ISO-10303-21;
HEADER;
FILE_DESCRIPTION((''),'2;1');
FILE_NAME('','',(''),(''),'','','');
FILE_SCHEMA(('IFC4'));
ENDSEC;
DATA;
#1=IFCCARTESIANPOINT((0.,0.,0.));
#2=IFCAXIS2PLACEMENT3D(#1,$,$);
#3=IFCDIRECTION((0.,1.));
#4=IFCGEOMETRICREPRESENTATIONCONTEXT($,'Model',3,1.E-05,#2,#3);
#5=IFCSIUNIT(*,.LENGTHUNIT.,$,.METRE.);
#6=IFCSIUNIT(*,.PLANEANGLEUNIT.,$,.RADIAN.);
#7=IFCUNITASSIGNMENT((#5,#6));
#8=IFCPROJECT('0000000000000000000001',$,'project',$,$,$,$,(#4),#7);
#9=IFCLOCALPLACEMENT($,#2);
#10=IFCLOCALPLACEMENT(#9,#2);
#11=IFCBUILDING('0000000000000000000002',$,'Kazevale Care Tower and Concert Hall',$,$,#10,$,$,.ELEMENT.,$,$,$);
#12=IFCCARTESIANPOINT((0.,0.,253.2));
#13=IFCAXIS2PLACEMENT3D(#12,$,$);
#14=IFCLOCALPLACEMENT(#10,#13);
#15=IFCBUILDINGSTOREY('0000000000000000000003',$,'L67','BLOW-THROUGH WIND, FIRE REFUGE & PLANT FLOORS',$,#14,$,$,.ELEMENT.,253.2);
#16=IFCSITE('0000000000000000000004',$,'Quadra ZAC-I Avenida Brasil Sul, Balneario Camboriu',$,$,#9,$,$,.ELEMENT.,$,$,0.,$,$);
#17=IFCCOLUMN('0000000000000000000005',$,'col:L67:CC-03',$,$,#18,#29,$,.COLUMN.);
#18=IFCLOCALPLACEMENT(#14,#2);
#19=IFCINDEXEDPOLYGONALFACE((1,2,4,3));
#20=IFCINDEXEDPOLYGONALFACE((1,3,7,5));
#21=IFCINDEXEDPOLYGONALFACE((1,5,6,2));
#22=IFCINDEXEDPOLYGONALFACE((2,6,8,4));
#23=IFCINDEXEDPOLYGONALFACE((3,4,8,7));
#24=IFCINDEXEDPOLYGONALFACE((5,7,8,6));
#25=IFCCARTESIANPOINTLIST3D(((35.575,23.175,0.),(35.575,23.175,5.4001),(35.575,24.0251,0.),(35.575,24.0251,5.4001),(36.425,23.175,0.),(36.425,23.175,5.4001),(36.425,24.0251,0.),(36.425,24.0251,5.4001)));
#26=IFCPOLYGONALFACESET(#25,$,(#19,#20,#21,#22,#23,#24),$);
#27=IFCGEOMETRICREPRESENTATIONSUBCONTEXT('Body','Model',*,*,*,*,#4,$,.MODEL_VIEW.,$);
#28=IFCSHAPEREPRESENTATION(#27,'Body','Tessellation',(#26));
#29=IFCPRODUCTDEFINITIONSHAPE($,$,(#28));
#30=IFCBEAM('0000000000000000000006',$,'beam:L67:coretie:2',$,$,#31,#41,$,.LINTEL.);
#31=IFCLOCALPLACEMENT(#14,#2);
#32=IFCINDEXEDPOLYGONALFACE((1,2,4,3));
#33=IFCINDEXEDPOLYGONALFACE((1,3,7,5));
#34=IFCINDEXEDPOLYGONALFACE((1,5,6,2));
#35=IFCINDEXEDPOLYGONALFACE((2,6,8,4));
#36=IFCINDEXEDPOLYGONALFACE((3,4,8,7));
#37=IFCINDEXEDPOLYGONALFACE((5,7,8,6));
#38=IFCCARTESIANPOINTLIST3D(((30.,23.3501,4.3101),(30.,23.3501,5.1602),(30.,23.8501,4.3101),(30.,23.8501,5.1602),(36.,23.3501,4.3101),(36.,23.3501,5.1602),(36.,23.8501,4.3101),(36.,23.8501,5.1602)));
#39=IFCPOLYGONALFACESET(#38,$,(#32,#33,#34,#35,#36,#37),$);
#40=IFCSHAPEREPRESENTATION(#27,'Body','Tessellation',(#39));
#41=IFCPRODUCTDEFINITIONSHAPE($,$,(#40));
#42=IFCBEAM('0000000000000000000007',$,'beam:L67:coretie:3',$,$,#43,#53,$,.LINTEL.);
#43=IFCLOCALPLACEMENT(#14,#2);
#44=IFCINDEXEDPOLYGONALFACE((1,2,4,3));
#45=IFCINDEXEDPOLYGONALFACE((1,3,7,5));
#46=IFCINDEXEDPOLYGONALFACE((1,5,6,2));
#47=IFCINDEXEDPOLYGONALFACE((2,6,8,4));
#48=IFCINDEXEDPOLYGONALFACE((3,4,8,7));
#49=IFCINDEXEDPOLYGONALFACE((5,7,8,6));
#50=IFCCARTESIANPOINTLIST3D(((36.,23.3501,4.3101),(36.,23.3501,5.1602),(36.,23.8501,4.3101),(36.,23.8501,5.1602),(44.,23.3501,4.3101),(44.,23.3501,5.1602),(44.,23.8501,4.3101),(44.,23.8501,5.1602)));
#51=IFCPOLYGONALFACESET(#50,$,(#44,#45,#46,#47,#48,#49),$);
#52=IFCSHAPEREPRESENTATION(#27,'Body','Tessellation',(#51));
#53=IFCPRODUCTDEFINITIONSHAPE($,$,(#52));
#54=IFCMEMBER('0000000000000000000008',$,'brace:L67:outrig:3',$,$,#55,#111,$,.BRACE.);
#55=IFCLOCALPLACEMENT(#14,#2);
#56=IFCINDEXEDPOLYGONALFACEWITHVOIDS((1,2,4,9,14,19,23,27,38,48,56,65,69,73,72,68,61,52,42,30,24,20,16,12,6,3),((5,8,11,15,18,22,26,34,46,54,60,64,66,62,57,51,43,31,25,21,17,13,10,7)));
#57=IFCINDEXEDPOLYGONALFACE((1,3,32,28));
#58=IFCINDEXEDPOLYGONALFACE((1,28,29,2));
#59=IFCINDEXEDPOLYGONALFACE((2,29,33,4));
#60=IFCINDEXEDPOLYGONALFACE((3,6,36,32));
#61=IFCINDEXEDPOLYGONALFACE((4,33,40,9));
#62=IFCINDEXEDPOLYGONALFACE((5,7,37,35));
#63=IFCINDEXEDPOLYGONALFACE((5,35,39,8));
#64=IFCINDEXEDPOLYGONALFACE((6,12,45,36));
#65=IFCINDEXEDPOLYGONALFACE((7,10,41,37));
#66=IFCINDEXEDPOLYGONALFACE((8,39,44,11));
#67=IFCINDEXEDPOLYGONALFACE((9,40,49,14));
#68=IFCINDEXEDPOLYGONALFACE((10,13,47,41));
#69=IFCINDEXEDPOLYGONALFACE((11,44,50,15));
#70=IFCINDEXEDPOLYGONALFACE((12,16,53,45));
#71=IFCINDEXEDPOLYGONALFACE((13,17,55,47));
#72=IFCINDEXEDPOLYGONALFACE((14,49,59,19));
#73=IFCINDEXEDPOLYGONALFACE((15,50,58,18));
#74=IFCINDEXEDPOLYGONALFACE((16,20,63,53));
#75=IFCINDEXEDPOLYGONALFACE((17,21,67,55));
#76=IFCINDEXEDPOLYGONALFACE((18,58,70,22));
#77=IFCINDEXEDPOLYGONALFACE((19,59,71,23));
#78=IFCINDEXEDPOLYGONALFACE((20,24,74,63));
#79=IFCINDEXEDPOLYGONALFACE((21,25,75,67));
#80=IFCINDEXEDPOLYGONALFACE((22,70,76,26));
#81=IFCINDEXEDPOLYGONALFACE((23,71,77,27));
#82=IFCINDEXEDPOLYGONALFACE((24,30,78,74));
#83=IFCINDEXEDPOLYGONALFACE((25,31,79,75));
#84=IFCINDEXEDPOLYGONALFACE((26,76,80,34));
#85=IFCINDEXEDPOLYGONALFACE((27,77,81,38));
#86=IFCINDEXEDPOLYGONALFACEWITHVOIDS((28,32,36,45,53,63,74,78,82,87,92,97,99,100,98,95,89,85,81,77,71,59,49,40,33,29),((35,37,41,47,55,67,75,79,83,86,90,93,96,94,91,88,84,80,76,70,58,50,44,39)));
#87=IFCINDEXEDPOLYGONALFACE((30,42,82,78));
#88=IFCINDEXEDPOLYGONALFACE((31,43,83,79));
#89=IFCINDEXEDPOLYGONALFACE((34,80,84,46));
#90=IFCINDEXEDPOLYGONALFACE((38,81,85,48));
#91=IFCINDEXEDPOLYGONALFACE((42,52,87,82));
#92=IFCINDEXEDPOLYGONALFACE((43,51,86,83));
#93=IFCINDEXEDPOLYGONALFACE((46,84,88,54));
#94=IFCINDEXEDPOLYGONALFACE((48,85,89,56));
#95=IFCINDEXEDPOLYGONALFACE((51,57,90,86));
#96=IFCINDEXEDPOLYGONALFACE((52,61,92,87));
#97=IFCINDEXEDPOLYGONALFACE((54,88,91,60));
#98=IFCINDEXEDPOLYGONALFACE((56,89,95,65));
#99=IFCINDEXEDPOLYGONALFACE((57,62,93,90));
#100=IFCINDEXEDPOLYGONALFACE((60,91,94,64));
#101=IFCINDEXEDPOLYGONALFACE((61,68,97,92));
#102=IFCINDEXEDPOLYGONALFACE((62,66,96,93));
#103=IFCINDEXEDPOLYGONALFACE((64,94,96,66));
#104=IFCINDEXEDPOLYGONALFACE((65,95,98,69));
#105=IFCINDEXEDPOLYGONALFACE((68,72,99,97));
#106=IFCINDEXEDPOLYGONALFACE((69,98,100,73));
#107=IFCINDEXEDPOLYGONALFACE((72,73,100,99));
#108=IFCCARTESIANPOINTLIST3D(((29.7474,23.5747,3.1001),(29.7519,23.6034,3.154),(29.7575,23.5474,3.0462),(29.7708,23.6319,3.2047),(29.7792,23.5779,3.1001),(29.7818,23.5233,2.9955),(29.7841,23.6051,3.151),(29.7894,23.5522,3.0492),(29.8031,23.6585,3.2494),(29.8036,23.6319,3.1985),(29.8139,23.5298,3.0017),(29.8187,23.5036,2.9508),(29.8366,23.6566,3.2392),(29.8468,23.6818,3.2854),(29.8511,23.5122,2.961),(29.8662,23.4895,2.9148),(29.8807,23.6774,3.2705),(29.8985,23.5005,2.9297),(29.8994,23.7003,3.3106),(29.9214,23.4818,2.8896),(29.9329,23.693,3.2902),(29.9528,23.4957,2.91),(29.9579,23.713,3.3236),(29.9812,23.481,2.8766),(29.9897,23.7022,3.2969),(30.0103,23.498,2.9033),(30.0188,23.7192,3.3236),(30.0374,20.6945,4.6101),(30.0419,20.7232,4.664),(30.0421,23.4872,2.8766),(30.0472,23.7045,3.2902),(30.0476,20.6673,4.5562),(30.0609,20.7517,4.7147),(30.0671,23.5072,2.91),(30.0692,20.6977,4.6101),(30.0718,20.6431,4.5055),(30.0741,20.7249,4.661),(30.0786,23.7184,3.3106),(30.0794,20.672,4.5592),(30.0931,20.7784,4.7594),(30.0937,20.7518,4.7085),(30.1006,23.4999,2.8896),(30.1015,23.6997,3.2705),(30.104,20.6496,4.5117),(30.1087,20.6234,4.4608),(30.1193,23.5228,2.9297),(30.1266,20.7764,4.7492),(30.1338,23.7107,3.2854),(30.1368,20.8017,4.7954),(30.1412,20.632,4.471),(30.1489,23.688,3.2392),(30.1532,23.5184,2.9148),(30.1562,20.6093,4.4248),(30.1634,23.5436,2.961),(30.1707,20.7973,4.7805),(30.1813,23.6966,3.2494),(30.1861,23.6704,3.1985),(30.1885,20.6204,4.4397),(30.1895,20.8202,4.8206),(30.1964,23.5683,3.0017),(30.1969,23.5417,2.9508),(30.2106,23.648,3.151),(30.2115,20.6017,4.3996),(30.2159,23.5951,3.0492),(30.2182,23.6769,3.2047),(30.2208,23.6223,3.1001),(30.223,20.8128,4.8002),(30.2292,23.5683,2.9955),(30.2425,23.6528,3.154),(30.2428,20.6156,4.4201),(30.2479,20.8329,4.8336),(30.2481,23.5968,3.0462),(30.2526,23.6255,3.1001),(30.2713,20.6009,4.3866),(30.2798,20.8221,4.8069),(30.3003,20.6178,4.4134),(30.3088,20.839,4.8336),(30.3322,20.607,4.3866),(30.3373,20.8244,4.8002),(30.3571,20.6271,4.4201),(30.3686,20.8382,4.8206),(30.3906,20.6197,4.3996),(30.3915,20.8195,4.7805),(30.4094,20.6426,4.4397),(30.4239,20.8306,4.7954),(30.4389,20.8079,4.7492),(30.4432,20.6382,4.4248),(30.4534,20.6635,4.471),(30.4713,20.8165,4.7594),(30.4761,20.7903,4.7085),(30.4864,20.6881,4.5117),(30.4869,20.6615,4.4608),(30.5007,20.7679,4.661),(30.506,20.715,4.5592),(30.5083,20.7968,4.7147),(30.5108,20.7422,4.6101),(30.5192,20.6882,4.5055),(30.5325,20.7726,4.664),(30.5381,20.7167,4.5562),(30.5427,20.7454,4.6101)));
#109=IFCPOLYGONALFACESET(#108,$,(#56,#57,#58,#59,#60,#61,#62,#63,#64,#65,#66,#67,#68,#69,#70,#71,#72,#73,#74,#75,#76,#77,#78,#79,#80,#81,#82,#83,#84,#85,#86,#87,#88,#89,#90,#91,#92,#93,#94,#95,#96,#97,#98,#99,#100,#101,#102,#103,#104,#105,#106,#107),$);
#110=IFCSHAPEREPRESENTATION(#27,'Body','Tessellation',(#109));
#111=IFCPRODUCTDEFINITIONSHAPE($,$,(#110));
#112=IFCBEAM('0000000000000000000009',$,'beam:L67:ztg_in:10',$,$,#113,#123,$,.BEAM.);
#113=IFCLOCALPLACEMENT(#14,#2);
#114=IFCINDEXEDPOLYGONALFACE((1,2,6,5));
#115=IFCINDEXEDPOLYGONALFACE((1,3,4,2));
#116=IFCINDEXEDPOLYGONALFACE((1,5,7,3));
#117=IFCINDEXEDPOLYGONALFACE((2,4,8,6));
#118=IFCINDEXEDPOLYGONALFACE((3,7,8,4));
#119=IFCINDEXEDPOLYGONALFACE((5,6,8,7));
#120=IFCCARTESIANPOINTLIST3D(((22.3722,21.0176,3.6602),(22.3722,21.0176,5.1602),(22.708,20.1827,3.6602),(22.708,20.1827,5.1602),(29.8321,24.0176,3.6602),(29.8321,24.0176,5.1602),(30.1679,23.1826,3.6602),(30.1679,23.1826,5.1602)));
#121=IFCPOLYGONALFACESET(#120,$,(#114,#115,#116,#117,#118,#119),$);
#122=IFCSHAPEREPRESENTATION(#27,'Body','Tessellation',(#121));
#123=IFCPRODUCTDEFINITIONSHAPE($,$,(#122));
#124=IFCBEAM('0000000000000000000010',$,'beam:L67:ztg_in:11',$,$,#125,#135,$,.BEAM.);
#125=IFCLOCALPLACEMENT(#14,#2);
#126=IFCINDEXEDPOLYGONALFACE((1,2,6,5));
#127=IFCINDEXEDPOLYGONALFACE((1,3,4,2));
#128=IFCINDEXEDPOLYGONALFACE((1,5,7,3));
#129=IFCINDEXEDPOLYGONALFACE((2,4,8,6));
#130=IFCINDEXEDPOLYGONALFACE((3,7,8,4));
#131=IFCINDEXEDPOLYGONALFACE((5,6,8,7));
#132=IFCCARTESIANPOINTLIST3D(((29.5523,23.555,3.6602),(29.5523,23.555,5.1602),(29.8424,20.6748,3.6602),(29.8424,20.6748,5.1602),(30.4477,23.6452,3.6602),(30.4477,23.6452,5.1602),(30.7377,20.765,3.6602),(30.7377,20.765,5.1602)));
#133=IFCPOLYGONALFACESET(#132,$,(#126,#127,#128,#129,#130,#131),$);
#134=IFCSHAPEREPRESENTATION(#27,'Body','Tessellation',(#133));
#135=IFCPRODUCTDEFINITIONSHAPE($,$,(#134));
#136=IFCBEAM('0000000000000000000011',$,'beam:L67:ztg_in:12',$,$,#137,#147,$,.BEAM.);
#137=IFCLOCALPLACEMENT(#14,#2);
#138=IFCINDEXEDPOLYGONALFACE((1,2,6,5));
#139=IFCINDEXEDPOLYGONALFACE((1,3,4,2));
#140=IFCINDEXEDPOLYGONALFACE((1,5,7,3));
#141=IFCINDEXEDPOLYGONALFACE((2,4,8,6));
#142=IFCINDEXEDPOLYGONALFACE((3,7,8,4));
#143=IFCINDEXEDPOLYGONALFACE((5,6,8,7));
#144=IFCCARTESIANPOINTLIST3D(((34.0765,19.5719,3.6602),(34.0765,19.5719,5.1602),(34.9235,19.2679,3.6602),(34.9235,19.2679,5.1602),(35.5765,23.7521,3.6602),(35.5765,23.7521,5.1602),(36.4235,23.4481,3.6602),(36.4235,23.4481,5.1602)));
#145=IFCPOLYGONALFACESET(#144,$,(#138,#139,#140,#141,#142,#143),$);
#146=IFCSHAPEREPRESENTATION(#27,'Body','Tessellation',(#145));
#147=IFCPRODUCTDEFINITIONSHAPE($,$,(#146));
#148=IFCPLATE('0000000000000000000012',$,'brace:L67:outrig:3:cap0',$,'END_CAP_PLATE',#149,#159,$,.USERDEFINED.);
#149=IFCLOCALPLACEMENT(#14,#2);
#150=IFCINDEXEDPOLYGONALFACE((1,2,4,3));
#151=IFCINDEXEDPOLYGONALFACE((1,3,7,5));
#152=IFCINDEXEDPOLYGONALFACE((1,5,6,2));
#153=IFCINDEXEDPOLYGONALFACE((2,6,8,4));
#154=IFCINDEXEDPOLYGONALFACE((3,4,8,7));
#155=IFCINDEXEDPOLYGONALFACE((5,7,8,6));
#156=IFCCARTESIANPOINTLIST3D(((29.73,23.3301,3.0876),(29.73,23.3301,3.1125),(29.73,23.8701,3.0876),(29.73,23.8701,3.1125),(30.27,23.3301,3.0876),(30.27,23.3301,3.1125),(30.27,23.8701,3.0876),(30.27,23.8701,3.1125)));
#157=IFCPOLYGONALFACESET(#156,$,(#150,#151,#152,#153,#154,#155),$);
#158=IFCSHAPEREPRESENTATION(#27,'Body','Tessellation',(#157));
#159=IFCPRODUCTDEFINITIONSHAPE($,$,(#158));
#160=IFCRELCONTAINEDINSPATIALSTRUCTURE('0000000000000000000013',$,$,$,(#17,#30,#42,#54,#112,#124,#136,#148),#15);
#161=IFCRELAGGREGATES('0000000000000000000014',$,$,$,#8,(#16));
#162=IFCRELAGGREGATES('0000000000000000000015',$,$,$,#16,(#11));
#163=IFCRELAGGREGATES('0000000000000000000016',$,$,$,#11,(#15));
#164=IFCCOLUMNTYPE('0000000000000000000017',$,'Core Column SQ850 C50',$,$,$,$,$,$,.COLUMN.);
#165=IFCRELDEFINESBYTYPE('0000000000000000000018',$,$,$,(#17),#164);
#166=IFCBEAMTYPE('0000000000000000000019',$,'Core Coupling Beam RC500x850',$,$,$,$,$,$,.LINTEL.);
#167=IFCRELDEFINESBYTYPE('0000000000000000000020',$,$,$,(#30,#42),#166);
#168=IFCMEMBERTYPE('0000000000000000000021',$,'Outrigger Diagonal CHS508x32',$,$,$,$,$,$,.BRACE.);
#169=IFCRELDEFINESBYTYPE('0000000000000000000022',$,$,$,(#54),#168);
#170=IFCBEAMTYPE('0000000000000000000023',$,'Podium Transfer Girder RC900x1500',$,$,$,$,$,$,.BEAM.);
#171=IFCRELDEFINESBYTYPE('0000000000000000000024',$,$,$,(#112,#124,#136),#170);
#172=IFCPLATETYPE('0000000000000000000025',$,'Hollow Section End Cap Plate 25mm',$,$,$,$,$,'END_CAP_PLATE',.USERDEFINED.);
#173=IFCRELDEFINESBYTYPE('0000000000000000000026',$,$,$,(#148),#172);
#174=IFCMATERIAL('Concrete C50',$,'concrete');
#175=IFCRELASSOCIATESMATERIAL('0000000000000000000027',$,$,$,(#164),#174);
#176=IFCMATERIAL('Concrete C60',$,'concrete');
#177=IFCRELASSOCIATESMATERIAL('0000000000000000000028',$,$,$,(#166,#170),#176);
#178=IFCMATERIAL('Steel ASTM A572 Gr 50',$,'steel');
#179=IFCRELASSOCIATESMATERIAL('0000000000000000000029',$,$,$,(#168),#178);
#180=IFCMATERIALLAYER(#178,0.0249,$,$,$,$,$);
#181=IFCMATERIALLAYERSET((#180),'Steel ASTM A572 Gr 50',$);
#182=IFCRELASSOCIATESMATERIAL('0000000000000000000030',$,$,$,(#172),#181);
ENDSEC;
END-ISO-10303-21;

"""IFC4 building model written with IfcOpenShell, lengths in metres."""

from ifc_helpers import new_model, si_unit, direction, frame, origin, origin_2d, place, context, subcontext, project, spatial, rectangle, hollow_circle, extrude, material, layer, layer_set, material_profile, profile_set, type_object, element, save


model = new_model("IFC4")

# Units and contexts
model_context = context("Model", 3, precision=1e-05, world=origin(), true_north=direction((0.0, 1.0)))
body_context = subcontext(model_context, "Body", "Model", "MODEL_VIEW")
ifc_project = project(units=[si_unit("LENGTHUNIT", "METRE"), si_unit("PLANEANGLEUNIT", "RADIAN")], contexts=[model_context])

# Site, building, storey
site_placement = place(None, origin())
site = spatial("IfcSite", under=ifc_project, at=site_placement, Name="Quadra ZAC-I Avenida Brasil Sul, Balneario Camboriu", CompositionType="ELEMENT", RefElevation=0.0)
building_placement = place(site_placement, origin())
building = spatial("IfcBuilding", under=site, at=building_placement, Name="Kazevale Care Tower and Concert Hall", CompositionType="ELEMENT")
storey_placement = place(building_placement, frame((0.0, 0.0, 253.2)))
storey = spatial("IfcBuildingStorey", under=building, at=storey_placement, Name="L67", Description="BLOW-THROUGH WIND, FIRE REFUGE & PLANT FLOORS", CompositionType="ELEMENT", Elevation=253.2)

# Column
ifc_material_1 = material(Name="Concrete C50", Category="concrete")
ifc_material_profile_1 = material_profile(ifc_material_1, rectangle(XDim=0.8501, YDim=0.8501, at=origin_2d()), Name="RC-SQ850")
ifc_profile_set_1 = profile_set([ifc_material_profile_1], Name="Concrete C50")
column_type = type_object("IfcColumnType", Name="Core Column SQ850 C50", PredefinedType="COLUMN", material=ifc_profile_set_1)
column_placement = place(storey_placement, frame((36.0, 23.6001, 0.0), z_axis=(0.0, 0.0, 1.0), x_axis=(1.0, 0.0, 0.0)))
element("IfcColumn", 1, at=column_placement, inside=storey, type_object=column_type, Name="col:L67:CC-03", PredefinedType="COLUMN", context=body_context, shape_type="SweptSolid", body=[
    extrude(rectangle(XDim=0.8501, YDim=0.8501, at=origin_2d()), origin(), (0.0, 0.0, 1.0), 5.4001),
])

# Beams
ifc_material_2 = material(Name="Concrete C60", Category="concrete")
ifc_material_profile_2 = material_profile(ifc_material_2, rectangle(XDim=0.5, YDim=0.8501, at=origin_2d()), Name="RC-B500x850")
ifc_profile_set_2 = profile_set([ifc_material_profile_2], Name="Concrete C60")
beam_type_1 = type_object("IfcBeamType", Name="Core Coupling Beam RC500x850", PredefinedType="LINTEL", material=ifc_profile_set_2)
beam_1_placement = place(storey_placement, frame((30.0, 23.6001, 4.7351), z_axis=(1.0, 0.0, 0.0), x_axis=(0.0, 1.0, 0.0)))
element("IfcBeam", 2, at=beam_1_placement, inside=storey, type_object=beam_type_1, Name="beam:L67:coretie:2", PredefinedType="LINTEL", context=body_context, shape_type="SweptSolid", body=[
    extrude(rectangle(XDim=0.5, YDim=0.8501, at=origin_2d()), origin(), (0.0, 0.0, 1.0), 6.0),
])
beam_2_placement = place(storey_placement, frame((36.0, 23.6001, 4.7351), z_axis=(1.0, 0.0, 0.0), x_axis=(0.0, 1.0, 0.0)))
element("IfcBeam", 3, at=beam_2_placement, inside=storey, type_object=beam_type_1, Name="beam:L67:coretie:3", PredefinedType="LINTEL", context=body_context, shape_type="SweptSolid", body=[
    extrude(rectangle(XDim=0.5, YDim=0.8501, at=origin_2d()), origin(), (0.0, 0.0, 1.0), 8.0),
])

# Member
ifc_material_3 = material(Name="Steel ASTM A572 Gr 50", Category="steel")
ifc_material_profile_3 = material_profile(ifc_material_3, hollow_circle(Radius=0.2539, WallThickness=0.032, at=origin_2d()), Name="CHS508x32")
ifc_profile_set_3 = profile_set([ifc_material_profile_3], Name="Steel ASTM A572 Gr 50")
member_type = type_object("IfcMemberType", Name="Outrigger Diagonal CHS508x32", PredefinedType="BRACE", material=ifc_profile_set_3)
member_placement = place(storey_placement, frame((30.0, 23.6001, 3.1001), z_axis=(0.088836, -0.882156, 0.462502), x_axis=(0.994968, 0.100197, 0.0)))
element("IfcMember", 4, at=member_placement, inside=storey, type_object=member_type, Name="brace:L67:outrig:3", PredefinedType="BRACE", context=body_context, shape_type="SweptSolid", body=[
    extrude(hollow_circle(Radius=0.2539, WallThickness=0.032, at=origin_2d()), origin(), (0.0, 0.0, 1.0), 3.2649),
])

# Beams
ifc_material_profile_4 = material_profile(ifc_material_2, rectangle(XDim=0.8999, YDim=1.5, at=origin_2d()), Name="RC-TG900x1500")
ifc_profile_set_4 = profile_set([ifc_material_profile_4], Name="Concrete C60")
beam_type_2 = type_object("IfcBeamType", Name="Podium Transfer Girder RC900x1500", PredefinedType="BEAM", material=ifc_profile_set_4)
beam_3_placement = place(storey_placement, frame((30.0, 23.6001, 4.4102), z_axis=(-0.927788, -0.373107, 0.0), x_axis=(0.373107, -0.927788, 0.0)))
element("IfcBeam", 5, at=beam_3_placement, inside=storey, type_object=beam_type_2, Name="beam:L67:ztg_in:10", PredefinedType="BEAM", context=body_context, shape_type="SweptSolid", body=[
    extrude(rectangle(XDim=0.8999, YDim=1.5, at=origin_2d()), origin(), (0.0, 0.0, 1.0), 8.0405),
])
beam_4_placement = place(storey_placement, frame((30.0, 23.6001, 4.4102), z_axis=(0.100197, -0.994968, 0.0), x_axis=(0.994968, 0.100197, 0.0)))
element("IfcBeam", 6, at=beam_4_placement, inside=storey, type_object=beam_type_2, Name="beam:L67:ztg_in:11", PredefinedType="BEAM", context=body_context, shape_type="SweptSolid", body=[
    extrude(rectangle(XDim=0.8999, YDim=1.5, at=origin_2d()), origin(), (0.0, 0.0, 1.0), 2.8948),
])
beam_5_placement = place(storey_placement, frame((36.0, 23.6001, 4.4102), z_axis=(-0.33775, -0.941236, 0.0), x_axis=(0.941236, -0.33775, 0.0)))
element("IfcBeam", 7, at=beam_5_placement, inside=storey, type_object=beam_type_2, Name="beam:L67:ztg_in:12", PredefinedType="BEAM", context=body_context, shape_type="SweptSolid", body=[
    extrude(rectangle(XDim=0.8999, YDim=1.5, at=origin_2d()), origin(), (0.0, 0.0, 1.0), 4.4412),
])

# Plate
ifc_layer_1 = layer(ifc_material_3, 0.0249)
ifc_layer_set_1 = layer_set([ifc_layer_1], Name="Steel ASTM A572 Gr 50")
plate_type = type_object("IfcPlateType", Name="Hollow Section End Cap Plate 25mm", ElementType="END_CAP_PLATE", PredefinedType="USERDEFINED", material=ifc_layer_set_1)
plate_placement = place(storey_placement, frame((30.0, 23.6001, 3.0876), z_axis=(0.0, 0.0, 1.0), x_axis=(1.0, 0.0, 0.0)))
element("IfcPlate", 8, at=plate_placement, inside=storey, type_object=plate_type, Name="brace:L67:outrig:3:cap0", ObjectType="END_CAP_PLATE", PredefinedType="USERDEFINED", context=body_context, shape_type="SweptSolid", body=[
    extrude(rectangle(XDim=0.54, YDim=0.54, at=origin_2d()), origin(), (0.0, 0.0, 1.0), 0.0249),
])

save(model, "model.ifc")
